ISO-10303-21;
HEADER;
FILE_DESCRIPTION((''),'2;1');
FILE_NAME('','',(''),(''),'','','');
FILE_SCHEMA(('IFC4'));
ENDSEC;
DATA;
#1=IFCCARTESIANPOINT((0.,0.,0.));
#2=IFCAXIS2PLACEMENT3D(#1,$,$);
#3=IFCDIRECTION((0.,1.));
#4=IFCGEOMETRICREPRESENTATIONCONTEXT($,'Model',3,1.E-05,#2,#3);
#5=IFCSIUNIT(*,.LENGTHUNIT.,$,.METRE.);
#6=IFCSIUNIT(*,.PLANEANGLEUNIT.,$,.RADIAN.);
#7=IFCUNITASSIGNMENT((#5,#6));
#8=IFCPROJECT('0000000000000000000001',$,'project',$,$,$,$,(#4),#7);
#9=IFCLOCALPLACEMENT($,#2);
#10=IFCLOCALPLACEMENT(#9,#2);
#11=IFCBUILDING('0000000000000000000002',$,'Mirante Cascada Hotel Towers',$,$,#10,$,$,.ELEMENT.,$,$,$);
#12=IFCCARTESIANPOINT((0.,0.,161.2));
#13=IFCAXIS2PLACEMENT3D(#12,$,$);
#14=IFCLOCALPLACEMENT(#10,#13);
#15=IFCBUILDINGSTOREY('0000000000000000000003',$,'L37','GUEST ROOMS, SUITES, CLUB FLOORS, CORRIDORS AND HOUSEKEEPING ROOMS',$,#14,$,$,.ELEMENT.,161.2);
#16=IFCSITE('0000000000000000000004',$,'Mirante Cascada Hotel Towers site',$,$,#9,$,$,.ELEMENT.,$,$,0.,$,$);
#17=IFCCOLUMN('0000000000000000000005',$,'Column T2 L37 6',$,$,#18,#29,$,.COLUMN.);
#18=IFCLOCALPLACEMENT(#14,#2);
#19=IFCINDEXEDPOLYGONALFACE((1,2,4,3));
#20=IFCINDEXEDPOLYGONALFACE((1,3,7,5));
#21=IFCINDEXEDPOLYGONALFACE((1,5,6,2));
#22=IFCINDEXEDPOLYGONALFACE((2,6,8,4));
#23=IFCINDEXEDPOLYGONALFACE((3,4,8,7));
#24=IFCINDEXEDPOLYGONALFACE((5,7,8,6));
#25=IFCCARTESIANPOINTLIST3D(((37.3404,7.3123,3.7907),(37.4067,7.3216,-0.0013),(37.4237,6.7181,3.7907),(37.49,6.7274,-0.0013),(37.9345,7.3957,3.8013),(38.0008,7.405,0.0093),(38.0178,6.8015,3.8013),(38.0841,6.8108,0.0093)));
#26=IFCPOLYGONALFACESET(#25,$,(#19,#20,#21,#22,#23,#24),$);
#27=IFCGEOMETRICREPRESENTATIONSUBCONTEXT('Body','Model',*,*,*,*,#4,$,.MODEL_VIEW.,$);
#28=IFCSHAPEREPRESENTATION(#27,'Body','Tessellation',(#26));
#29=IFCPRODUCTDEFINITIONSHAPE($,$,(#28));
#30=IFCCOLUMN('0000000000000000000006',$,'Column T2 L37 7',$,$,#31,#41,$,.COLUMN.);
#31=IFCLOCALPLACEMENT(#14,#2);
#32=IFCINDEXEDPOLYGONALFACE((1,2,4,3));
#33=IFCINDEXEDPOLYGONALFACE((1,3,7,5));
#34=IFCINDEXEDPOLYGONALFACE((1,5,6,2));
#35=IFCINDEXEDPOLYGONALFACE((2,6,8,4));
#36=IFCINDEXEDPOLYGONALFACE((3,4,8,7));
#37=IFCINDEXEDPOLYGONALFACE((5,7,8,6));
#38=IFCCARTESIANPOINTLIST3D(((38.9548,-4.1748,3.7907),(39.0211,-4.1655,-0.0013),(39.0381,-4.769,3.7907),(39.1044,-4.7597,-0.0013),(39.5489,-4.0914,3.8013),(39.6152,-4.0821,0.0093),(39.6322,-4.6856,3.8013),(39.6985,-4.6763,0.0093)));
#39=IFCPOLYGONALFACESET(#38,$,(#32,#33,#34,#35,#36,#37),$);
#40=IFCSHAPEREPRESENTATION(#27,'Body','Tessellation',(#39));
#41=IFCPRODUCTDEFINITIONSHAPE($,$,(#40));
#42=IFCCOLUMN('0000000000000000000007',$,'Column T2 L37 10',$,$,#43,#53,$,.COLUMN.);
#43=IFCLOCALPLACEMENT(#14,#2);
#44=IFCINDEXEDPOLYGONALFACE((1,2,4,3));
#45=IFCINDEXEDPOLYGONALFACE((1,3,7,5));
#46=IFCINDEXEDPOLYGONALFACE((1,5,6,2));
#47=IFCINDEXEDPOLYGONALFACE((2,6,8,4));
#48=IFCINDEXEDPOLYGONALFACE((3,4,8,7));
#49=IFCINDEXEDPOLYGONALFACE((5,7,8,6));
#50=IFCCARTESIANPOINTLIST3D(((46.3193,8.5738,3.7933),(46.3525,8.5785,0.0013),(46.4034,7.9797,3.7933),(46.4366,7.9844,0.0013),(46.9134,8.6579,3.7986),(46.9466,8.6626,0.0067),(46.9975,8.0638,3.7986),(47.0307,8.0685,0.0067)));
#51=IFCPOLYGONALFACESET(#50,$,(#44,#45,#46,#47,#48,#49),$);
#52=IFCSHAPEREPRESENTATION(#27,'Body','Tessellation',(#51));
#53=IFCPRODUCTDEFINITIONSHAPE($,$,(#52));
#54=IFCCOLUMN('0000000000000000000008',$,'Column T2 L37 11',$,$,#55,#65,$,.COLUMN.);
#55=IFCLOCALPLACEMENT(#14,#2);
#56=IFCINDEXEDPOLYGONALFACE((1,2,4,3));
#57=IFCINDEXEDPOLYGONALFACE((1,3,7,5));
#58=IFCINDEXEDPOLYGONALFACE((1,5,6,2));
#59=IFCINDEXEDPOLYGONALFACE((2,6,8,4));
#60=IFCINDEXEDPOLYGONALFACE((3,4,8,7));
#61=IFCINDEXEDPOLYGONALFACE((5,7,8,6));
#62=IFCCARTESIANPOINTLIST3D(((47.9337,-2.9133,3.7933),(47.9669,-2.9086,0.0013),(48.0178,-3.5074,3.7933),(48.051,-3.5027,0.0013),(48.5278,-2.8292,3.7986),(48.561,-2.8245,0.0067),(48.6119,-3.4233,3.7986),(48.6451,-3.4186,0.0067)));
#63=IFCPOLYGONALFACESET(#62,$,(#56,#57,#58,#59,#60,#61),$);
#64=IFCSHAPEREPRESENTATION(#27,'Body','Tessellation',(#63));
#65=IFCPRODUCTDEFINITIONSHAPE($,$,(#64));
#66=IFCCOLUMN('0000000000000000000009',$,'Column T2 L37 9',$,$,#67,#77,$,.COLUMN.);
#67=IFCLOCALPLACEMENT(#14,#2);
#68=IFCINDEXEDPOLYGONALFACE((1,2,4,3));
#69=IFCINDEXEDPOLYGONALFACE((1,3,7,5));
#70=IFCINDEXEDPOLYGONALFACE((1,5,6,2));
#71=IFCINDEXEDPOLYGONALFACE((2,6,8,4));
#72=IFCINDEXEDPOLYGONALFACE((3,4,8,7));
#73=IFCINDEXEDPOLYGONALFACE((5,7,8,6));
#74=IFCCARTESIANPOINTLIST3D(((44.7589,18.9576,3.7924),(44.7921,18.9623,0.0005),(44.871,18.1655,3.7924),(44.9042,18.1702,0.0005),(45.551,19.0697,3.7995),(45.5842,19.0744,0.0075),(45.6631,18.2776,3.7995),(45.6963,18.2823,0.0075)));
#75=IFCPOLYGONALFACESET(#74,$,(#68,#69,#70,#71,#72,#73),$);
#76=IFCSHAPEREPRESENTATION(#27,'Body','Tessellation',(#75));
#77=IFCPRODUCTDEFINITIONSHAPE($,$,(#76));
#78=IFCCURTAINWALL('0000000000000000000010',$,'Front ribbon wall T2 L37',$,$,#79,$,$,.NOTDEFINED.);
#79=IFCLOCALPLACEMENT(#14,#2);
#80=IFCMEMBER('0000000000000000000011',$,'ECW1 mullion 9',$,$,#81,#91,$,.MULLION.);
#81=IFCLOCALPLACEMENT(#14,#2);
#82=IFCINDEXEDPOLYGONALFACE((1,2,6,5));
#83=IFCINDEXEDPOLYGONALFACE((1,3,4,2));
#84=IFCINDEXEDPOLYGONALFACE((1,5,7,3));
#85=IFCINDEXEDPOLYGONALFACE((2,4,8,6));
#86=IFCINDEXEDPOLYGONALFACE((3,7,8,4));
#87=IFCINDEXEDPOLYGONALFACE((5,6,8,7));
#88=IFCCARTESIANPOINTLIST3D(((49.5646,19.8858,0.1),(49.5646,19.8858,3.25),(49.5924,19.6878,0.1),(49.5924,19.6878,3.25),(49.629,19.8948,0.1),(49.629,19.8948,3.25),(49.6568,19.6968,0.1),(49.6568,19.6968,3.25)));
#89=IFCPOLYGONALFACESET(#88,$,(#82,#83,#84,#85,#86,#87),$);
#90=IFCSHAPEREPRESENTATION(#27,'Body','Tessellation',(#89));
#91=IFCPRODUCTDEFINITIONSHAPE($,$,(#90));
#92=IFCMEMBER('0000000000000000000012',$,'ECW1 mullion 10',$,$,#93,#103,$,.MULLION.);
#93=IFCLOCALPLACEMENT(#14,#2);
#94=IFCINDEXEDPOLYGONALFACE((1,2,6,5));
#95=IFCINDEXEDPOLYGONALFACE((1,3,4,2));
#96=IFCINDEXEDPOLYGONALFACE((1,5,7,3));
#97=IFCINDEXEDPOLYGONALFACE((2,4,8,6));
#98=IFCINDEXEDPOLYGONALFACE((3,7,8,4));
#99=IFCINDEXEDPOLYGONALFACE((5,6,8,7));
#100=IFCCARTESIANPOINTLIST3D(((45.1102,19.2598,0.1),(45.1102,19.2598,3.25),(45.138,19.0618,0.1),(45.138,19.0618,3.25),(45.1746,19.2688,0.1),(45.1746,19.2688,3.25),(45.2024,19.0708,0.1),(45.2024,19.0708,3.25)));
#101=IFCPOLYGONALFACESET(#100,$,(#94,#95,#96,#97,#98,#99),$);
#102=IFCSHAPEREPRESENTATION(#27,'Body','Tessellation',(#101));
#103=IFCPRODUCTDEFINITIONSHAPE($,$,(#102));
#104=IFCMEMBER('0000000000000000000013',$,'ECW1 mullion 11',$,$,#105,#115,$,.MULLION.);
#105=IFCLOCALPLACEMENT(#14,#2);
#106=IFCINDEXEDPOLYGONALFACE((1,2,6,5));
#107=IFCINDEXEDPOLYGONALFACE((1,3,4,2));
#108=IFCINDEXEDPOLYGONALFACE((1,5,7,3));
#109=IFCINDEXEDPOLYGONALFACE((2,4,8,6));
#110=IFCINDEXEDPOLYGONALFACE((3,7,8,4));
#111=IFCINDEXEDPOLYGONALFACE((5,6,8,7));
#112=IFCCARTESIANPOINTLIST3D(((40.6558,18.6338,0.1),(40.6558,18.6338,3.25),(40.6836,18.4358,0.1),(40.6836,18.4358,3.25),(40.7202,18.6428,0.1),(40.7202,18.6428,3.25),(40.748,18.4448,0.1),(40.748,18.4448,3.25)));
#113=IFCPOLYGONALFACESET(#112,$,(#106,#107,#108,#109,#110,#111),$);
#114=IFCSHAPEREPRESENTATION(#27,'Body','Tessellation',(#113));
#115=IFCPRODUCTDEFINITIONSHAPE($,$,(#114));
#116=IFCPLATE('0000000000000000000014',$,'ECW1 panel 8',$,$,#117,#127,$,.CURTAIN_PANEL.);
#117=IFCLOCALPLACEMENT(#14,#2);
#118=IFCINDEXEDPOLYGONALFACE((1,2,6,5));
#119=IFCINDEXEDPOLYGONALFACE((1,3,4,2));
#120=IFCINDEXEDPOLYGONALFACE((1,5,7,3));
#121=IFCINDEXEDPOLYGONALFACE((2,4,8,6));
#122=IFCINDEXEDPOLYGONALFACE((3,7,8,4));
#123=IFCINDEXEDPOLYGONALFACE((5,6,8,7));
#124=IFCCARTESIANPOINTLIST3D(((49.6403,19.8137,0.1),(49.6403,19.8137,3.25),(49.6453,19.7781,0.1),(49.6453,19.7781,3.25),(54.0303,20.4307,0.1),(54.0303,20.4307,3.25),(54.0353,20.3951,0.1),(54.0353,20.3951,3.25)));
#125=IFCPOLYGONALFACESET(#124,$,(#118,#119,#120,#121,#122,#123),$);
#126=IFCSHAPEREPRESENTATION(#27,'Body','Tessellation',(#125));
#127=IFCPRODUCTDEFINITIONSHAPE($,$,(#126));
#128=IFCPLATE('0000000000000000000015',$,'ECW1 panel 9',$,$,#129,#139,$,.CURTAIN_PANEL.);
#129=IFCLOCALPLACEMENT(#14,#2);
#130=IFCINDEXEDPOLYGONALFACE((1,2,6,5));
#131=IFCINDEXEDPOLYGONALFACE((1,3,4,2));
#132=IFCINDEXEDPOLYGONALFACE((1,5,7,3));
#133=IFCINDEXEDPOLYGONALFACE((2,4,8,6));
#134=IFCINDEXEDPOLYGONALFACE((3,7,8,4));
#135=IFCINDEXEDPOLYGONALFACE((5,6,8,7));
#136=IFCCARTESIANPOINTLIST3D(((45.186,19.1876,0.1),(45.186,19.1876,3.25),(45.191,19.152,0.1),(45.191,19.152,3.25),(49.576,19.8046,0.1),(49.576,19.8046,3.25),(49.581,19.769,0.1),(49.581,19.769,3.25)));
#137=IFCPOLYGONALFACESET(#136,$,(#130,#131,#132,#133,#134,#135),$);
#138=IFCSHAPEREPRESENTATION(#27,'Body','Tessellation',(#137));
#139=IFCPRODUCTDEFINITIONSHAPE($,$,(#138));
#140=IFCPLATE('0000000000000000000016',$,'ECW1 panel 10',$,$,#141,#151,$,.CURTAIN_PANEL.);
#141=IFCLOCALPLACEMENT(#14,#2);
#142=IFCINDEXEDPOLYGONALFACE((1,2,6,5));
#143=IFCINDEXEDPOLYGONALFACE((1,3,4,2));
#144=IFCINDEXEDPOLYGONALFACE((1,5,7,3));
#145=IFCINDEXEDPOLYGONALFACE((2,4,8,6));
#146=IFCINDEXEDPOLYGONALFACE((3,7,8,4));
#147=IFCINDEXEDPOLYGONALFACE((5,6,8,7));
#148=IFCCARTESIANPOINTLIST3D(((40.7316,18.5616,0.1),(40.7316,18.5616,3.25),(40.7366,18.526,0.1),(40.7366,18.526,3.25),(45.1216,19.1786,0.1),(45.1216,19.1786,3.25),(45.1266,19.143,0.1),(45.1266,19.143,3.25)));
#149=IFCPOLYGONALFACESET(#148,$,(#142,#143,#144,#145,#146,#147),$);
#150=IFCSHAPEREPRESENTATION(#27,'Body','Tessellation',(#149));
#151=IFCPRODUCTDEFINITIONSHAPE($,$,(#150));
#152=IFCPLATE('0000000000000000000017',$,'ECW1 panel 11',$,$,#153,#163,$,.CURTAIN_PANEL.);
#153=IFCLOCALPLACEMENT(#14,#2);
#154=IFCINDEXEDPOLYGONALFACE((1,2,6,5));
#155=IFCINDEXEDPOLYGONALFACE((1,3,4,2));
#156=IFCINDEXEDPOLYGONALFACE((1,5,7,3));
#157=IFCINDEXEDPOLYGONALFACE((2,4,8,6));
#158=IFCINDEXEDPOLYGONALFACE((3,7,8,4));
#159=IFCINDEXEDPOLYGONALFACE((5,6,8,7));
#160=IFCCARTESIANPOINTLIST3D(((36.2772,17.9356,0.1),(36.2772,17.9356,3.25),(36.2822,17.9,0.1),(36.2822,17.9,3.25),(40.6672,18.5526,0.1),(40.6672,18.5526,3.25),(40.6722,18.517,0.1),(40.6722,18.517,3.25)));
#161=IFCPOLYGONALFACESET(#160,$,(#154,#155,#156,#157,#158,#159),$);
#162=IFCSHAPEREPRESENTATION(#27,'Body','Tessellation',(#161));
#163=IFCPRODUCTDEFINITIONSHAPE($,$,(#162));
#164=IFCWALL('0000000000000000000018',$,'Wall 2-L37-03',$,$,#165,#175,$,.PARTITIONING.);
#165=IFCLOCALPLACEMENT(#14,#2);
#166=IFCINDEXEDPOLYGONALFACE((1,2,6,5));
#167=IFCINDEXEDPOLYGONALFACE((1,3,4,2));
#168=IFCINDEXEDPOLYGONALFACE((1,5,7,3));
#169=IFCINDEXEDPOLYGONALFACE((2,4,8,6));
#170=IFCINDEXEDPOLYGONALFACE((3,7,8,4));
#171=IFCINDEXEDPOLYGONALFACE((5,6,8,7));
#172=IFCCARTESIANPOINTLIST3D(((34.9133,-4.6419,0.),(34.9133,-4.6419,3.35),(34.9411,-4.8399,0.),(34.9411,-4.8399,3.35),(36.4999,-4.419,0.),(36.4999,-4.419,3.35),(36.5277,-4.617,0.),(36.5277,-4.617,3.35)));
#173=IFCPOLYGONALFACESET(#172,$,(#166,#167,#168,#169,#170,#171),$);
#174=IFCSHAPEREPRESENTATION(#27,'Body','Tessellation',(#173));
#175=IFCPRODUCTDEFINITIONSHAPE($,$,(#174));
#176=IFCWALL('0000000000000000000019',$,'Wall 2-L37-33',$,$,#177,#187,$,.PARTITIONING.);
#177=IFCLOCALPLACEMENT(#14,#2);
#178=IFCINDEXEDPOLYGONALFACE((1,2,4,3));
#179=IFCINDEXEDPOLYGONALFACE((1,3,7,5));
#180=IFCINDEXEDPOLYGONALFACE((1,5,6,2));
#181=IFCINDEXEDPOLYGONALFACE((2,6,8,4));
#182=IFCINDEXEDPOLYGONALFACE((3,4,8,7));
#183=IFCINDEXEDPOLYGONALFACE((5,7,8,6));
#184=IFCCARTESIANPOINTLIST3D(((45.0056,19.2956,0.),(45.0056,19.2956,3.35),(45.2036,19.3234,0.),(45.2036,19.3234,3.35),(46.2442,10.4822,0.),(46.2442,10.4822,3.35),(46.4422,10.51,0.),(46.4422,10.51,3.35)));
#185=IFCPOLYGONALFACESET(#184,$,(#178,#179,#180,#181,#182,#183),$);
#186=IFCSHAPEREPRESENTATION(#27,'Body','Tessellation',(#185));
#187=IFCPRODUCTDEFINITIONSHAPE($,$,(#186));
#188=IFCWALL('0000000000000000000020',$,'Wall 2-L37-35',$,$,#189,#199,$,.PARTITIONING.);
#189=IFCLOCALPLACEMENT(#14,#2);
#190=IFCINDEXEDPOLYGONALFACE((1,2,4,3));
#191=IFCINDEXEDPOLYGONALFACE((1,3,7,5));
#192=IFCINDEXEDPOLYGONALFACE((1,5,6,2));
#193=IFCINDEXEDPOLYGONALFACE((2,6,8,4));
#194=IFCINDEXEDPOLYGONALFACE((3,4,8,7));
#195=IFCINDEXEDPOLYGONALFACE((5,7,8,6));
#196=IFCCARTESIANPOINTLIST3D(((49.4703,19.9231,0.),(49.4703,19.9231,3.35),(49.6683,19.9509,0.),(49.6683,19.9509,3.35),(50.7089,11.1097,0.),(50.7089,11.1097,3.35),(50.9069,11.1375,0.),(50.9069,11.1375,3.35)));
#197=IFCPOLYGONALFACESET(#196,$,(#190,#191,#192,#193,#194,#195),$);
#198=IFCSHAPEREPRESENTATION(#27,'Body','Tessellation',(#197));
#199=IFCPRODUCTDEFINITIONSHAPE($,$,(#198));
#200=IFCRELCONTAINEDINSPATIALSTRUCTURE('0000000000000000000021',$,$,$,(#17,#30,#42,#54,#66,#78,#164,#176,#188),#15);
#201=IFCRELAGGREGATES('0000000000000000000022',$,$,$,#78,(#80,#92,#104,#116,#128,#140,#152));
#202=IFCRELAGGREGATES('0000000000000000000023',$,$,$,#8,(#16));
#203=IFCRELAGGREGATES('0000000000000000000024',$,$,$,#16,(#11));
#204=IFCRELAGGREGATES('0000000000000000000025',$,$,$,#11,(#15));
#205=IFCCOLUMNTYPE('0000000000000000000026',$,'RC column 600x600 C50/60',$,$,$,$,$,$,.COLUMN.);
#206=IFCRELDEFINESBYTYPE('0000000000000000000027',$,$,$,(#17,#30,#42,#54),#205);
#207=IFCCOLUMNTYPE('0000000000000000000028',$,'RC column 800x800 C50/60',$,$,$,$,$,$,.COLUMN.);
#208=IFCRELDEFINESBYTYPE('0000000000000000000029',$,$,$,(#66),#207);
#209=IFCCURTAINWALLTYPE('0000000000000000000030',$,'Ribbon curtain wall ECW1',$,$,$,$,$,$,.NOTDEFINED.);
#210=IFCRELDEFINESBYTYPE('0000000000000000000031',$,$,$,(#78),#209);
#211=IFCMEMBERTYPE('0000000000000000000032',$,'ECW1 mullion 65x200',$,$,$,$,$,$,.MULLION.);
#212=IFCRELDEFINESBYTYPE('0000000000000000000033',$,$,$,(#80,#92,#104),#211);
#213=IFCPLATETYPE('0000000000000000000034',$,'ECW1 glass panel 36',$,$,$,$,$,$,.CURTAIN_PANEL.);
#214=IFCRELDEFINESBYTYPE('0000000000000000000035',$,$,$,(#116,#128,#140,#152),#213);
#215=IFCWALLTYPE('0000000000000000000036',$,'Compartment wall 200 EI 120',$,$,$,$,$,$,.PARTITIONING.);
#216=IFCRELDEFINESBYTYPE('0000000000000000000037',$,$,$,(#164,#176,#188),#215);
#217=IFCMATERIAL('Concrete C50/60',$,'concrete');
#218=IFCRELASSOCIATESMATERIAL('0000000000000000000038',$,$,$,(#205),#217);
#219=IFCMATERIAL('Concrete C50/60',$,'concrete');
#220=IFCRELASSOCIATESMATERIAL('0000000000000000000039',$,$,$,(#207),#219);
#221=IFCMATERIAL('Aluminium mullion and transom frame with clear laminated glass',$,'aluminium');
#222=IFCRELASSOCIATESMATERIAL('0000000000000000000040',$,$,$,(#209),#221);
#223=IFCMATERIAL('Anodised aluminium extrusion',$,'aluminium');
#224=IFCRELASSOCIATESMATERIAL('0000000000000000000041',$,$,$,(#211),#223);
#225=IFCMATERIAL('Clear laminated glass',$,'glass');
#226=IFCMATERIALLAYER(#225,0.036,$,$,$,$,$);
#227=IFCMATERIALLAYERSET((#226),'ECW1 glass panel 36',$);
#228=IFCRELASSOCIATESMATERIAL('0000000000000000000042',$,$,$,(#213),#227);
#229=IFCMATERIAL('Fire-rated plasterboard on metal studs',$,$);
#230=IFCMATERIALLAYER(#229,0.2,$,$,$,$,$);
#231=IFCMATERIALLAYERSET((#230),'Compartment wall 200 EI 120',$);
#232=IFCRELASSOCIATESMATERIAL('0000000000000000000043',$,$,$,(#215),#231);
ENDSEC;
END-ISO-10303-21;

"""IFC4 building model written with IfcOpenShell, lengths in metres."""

from ifc_helpers import new_model, si_unit, direction, frame, frame_2d, origin, origin_2d, place, context, subcontext, project, spatial, rectangle, extrude, material, layer, layer_set, material_profile, profile_set, type_object, element, aggregate, save


model = new_model("IFC4")

# Units and contexts
model_context = context("Model", 3, precision=1e-05, world=origin(), true_north=direction((0.0, 1.0)))
body_context = subcontext(model_context, "Body", "Model", "MODEL_VIEW")
ifc_project = project(units=[si_unit("LENGTHUNIT", "METRE"), si_unit("PLANEANGLEUNIT", "RADIAN")], contexts=[model_context])

# Site, building, storey
site_placement = place(None, origin())
site = spatial("IfcSite", under=ifc_project, at=site_placement, Name="Mirante Cascada Hotel Towers site", CompositionType="ELEMENT", RefElevation=0.0)
building_placement = place(site_placement, origin())
building = spatial("IfcBuilding", under=site, at=building_placement, Name="Mirante Cascada Hotel Towers", CompositionType="ELEMENT")
storey_placement = place(building_placement, frame((0.0, 0.0, 161.2)))
storey = spatial("IfcBuildingStorey", under=building, at=storey_placement, Name="L37", Description="GUEST ROOMS, SUITES, CLUB FLOORS, CORRIDORS AND HOUSEKEEPING ROOMS", CompositionType="ELEMENT", Elevation=161.2)

# Columns
ifc_material_1 = material(Name="Concrete C50/60", Category="concrete")
ifc_material_profile_1 = material_profile(ifc_material_1, rectangle(XDim=0.6, YDim=0.6, at=origin_2d()), Name="RC column 600x600 C50/60")
ifc_profile_set_1 = profile_set([ifc_material_profile_1], Name="Concrete C50/60")
column_type_1 = type_object("IfcColumnType", Name="RC column 600x600 C50/60", PredefinedType="COLUMN", material=ifc_profile_set_1)
for number, where, z_axis, x_axis, name in (
    (1, (37.7454, 7.0662, 0.004), (-0.017482, -0.002452, 0.999844), (0.138911, -0.990305, 0.0), "Column T2 L37 6"),
    (2, (39.3598, -4.4209, 0.004), (-0.017482, -0.002452, 0.999844), (0.138911, -0.990305, 0.0), "Column T2 L37 7"),
):
    element("IfcColumn", number, at=place(storey_placement, frame(where, z_axis=z_axis, x_axis=x_axis)), inside=storey, type_object=column_type_1, Name=name, PredefinedType="COLUMN", context=body_context, shape_type="SweptSolid", body=[
        extrude(rectangle(XDim=0.6, YDim=0.6, at=origin_2d()), origin(), (0.0, 0.0, 1.0), 3.7926),
    ])
for number, where, z_axis, x_axis, name in (
    (3, (46.6916, 8.3235, 0.004), (-0.008755, -0.001239, 0.999961), (0.140169, -0.990128, 0.0), "Column T2 L37 10"),
    (4, (48.306, -3.1636, 0.004), (-0.008755, -0.001239, 0.999961), (0.140169, -0.990128, 0.0), "Column T2 L37 11"),
):
    element("IfcColumn", number, at=place(storey_placement, frame(where, z_axis=z_axis, x_axis=x_axis)), inside=storey, type_object=column_type_1, Name=name, PredefinedType="COLUMN", context=body_context, shape_type="SweptSolid", body=[
        extrude(rectangle(XDim=0.6, YDim=0.6, at=origin_2d()), origin(), (0.0, 0.0, 1.0), 3.7921),
    ])
ifc_material_2 = material(Name="Concrete C50/60", Category="concrete")
ifc_material_profile_2 = material_profile(ifc_material_2, rectangle(XDim=0.8, YDim=0.8, at=origin_2d()), Name="RC column 800x800 C50/60")
ifc_profile_set_2 = profile_set([ifc_material_profile_2], Name="Concrete C50/60")
column_type_2 = type_object("IfcColumnType", Name="RC column 800x800 C50/60", PredefinedType="COLUMN", material=ifc_profile_set_2)
column_placement = place(storey_placement, frame((45.2442, 18.6223, 0.004), z_axis=(-0.008755, -0.001239, 0.999961), x_axis=(0.140169, -0.990128, 0.0)))
element("IfcColumn", 5, at=column_placement, inside=storey, type_object=column_type_2, Name="Column T2 L37 9", PredefinedType="COLUMN", context=body_context, shape_type="SweptSolid", body=[
    extrude(rectangle(XDim=0.8, YDim=0.8, at=origin_2d()), origin(), (0.0, 0.0, 1.0), 3.7921),
])

# Curtain wall, members, plates
ifc_material_3 = material(Name="Aluminium mullion and transom frame with clear laminated glass", Category="aluminium")
curtain_wall_type = type_object("IfcCurtainWallType", Name="Ribbon curtain wall ECW1", PredefinedType="NOTDEFINED", material=ifc_material_3)
curtain_wall_placement = place(storey_placement, origin())
curtain_wall = element("IfcCurtainWall", 6, at=curtain_wall_placement, inside=storey, type_object=curtain_wall_type, Name="Front ribbon wall T2 L37", PredefinedType="NOTDEFINED")
ifc_material_4 = material(Name="Anodised aluminium extrusion", Category="aluminium")
ifc_material_profile_3 = material_profile(ifc_material_4, rectangle(XDim=0.2, YDim=0.065, at=origin_2d()), Name="ECW1 MULLION 65x200")
ifc_profile_set_3 = profile_set([ifc_material_profile_3], Name="Anodised aluminium extrusion")
member_type = type_object("IfcMemberType", Name="ECW1 mullion 65x200", PredefinedType="MULLION", material=ifc_profile_set_3)
member_1_placement = place(storey_placement, frame((49.6107, 19.7913, 0.1), z_axis=(0.0, 0.0, 1.0), x_axis=(0.139173, -0.990268, 0.0)))
member_1 = element("IfcMember", 7, at=member_1_placement, type_object=member_type, Name="ECW1 mullion 9", PredefinedType="MULLION", context=body_context, shape_type="SweptSolid", body=[
    extrude(rectangle(XDim=0.2, YDim=0.065, at=origin_2d()), origin(), (0.0, 0.0, 1.0), 3.15),
])
member_2_placement = place(storey_placement, frame((45.1563, 19.1653, 0.1), z_axis=(0.0, 0.0, 1.0), x_axis=(0.139173, -0.990268, 0.0)))
member_2 = element("IfcMember", 8, at=member_2_placement, type_object=member_type, Name="ECW1 mullion 10", PredefinedType="MULLION", context=body_context, shape_type="SweptSolid", body=[
    extrude(rectangle(XDim=0.2, YDim=0.065, at=origin_2d()), origin(), (0.0, 0.0, 1.0), 3.15),
])
member_3_placement = place(storey_placement, frame((40.7019, 18.5393, 0.1), z_axis=(0.0, 0.0, 1.0), x_axis=(0.139173, -0.990268, 0.0)))
member_3 = element("IfcMember", 9, at=member_3_placement, type_object=member_type, Name="ECW1 mullion 11", PredefinedType="MULLION", context=body_context, shape_type="SweptSolid", body=[
    extrude(rectangle(XDim=0.2, YDim=0.065, at=origin_2d()), origin(), (0.0, 0.0, 1.0), 3.15),
])
ifc_material_5 = material(Name="Clear laminated glass", Category="glass")
ifc_layer_1 = layer(ifc_material_5, 0.036)
ifc_layer_set_1 = layer_set([ifc_layer_1], Name="ECW1 glass panel 36")
plate_type = type_object("IfcPlateType", Name="ECW1 glass panel 36", PredefinedType="CURTAIN_PANEL", material=ifc_layer_set_1)
plate_1_placement = place(storey_placement, frame((51.8378, 20.1044, 0.1), z_axis=(0.0, 0.0, 1.0), x_axis=(-0.990268, -0.139173, 0.0)))
plate_1 = element("IfcPlate", 10, at=plate_1_placement, type_object=plate_type, Name="ECW1 panel 8", PredefinedType="CURTAIN_PANEL", context=body_context, shape_type="SweptSolid", body=[
    extrude(rectangle(XDim=4.4332, YDim=0.036, at=origin_2d()), origin(), (0.0, 0.0, 1.0), 3.15),
])
plate_2_placement = place(storey_placement, frame((47.3835, 19.4783, 0.1), z_axis=(0.0, 0.0, 1.0), x_axis=(-0.990268, -0.139173, 0.0)))
plate_2 = element("IfcPlate", 11, at=plate_2_placement, type_object=plate_type, Name="ECW1 panel 9", PredefinedType="CURTAIN_PANEL", context=body_context, shape_type="SweptSolid", body=[
    extrude(rectangle(XDim=4.4332, YDim=0.036, at=origin_2d()), origin(), (0.0, 0.0, 1.0), 3.15),
])
plate_3_placement = place(storey_placement, frame((42.9291, 18.8523, 0.1), z_axis=(0.0, 0.0, 1.0), x_axis=(-0.990268, -0.139173, 0.0)))
plate_3 = element("IfcPlate", 12, at=plate_3_placement, type_object=plate_type, Name="ECW1 panel 10", PredefinedType="CURTAIN_PANEL", context=body_context, shape_type="SweptSolid", body=[
    extrude(rectangle(XDim=4.4332, YDim=0.036, at=origin_2d()), origin(), (0.0, 0.0, 1.0), 3.15),
])
plate_4_placement = place(storey_placement, frame((38.4747, 18.2263, 0.1), z_axis=(0.0, 0.0, 1.0), x_axis=(-0.990268, -0.139173, 0.0)))
plate_4 = element("IfcPlate", 13, at=plate_4_placement, type_object=plate_type, Name="ECW1 panel 11", PredefinedType="CURTAIN_PANEL", context=body_context, shape_type="SweptSolid", body=[
    extrude(rectangle(XDim=4.4332, YDim=0.036, at=origin_2d()), origin(), (0.0, 0.0, 1.0), 3.15),
])
aggregate(curtain_wall, [member_1, member_2, member_3, plate_1, plate_2, plate_3, plate_4])

# Walls
ifc_material_6 = material(Name="Fire-rated plasterboard on metal studs")
ifc_layer_2 = layer(ifc_material_6, 0.2)
ifc_layer_set_2 = layer_set([ifc_layer_2], Name="Compartment wall 200 EI 120")
wall_type_1 = type_object("IfcWallType", Name="Compartment wall 200 EI 120", PredefinedType="PARTITIONING", material=ifc_layer_set_2)
wall_1_placement = place(storey_placement, frame((36.5138, -4.518, 0.0), z_axis=(0.0, 0.0, 1.0), x_axis=(-0.990275, -0.139123, 0.0)))
element("IfcWall", 14, at=wall_1_placement, inside=storey, type_object=wall_type_1, Name="Wall 2-L37-03", PredefinedType="PARTITIONING", context=body_context, shape_type="SweptSolid", body=[
    extrude(rectangle(XDim=1.6022, YDim=0.2, at=frame_2d((0.8011, 0.0))), origin(), (0.0, 0.0, 1.0), 3.35),
])
for number, where, z_axis, x_axis, name in (
    (15, (45.1046, 19.3095, 0.0), (0.0, 0.0, 1.0), (0.139168, -0.990269, 0.0), "Wall 2-L37-33"),
    (16, (49.5693, 19.937, 0.0), (0.0, 0.0, 1.0), (0.139168, -0.990269, 0.0), "Wall 2-L37-35"),
):
    element("IfcWall", number, at=place(storey_placement, frame(where, z_axis=z_axis, x_axis=x_axis)), inside=storey, type_object=wall_type_1, Name=name, PredefinedType="PARTITIONING", context=body_context, shape_type="SweptSolid", body=[
        extrude(rectangle(XDim=8.9, YDim=0.2, at=frame_2d((4.45, 0.0))), origin(), (0.0, 0.0, 1.0), 3.35),
    ])

save(model, "model.ifc")
